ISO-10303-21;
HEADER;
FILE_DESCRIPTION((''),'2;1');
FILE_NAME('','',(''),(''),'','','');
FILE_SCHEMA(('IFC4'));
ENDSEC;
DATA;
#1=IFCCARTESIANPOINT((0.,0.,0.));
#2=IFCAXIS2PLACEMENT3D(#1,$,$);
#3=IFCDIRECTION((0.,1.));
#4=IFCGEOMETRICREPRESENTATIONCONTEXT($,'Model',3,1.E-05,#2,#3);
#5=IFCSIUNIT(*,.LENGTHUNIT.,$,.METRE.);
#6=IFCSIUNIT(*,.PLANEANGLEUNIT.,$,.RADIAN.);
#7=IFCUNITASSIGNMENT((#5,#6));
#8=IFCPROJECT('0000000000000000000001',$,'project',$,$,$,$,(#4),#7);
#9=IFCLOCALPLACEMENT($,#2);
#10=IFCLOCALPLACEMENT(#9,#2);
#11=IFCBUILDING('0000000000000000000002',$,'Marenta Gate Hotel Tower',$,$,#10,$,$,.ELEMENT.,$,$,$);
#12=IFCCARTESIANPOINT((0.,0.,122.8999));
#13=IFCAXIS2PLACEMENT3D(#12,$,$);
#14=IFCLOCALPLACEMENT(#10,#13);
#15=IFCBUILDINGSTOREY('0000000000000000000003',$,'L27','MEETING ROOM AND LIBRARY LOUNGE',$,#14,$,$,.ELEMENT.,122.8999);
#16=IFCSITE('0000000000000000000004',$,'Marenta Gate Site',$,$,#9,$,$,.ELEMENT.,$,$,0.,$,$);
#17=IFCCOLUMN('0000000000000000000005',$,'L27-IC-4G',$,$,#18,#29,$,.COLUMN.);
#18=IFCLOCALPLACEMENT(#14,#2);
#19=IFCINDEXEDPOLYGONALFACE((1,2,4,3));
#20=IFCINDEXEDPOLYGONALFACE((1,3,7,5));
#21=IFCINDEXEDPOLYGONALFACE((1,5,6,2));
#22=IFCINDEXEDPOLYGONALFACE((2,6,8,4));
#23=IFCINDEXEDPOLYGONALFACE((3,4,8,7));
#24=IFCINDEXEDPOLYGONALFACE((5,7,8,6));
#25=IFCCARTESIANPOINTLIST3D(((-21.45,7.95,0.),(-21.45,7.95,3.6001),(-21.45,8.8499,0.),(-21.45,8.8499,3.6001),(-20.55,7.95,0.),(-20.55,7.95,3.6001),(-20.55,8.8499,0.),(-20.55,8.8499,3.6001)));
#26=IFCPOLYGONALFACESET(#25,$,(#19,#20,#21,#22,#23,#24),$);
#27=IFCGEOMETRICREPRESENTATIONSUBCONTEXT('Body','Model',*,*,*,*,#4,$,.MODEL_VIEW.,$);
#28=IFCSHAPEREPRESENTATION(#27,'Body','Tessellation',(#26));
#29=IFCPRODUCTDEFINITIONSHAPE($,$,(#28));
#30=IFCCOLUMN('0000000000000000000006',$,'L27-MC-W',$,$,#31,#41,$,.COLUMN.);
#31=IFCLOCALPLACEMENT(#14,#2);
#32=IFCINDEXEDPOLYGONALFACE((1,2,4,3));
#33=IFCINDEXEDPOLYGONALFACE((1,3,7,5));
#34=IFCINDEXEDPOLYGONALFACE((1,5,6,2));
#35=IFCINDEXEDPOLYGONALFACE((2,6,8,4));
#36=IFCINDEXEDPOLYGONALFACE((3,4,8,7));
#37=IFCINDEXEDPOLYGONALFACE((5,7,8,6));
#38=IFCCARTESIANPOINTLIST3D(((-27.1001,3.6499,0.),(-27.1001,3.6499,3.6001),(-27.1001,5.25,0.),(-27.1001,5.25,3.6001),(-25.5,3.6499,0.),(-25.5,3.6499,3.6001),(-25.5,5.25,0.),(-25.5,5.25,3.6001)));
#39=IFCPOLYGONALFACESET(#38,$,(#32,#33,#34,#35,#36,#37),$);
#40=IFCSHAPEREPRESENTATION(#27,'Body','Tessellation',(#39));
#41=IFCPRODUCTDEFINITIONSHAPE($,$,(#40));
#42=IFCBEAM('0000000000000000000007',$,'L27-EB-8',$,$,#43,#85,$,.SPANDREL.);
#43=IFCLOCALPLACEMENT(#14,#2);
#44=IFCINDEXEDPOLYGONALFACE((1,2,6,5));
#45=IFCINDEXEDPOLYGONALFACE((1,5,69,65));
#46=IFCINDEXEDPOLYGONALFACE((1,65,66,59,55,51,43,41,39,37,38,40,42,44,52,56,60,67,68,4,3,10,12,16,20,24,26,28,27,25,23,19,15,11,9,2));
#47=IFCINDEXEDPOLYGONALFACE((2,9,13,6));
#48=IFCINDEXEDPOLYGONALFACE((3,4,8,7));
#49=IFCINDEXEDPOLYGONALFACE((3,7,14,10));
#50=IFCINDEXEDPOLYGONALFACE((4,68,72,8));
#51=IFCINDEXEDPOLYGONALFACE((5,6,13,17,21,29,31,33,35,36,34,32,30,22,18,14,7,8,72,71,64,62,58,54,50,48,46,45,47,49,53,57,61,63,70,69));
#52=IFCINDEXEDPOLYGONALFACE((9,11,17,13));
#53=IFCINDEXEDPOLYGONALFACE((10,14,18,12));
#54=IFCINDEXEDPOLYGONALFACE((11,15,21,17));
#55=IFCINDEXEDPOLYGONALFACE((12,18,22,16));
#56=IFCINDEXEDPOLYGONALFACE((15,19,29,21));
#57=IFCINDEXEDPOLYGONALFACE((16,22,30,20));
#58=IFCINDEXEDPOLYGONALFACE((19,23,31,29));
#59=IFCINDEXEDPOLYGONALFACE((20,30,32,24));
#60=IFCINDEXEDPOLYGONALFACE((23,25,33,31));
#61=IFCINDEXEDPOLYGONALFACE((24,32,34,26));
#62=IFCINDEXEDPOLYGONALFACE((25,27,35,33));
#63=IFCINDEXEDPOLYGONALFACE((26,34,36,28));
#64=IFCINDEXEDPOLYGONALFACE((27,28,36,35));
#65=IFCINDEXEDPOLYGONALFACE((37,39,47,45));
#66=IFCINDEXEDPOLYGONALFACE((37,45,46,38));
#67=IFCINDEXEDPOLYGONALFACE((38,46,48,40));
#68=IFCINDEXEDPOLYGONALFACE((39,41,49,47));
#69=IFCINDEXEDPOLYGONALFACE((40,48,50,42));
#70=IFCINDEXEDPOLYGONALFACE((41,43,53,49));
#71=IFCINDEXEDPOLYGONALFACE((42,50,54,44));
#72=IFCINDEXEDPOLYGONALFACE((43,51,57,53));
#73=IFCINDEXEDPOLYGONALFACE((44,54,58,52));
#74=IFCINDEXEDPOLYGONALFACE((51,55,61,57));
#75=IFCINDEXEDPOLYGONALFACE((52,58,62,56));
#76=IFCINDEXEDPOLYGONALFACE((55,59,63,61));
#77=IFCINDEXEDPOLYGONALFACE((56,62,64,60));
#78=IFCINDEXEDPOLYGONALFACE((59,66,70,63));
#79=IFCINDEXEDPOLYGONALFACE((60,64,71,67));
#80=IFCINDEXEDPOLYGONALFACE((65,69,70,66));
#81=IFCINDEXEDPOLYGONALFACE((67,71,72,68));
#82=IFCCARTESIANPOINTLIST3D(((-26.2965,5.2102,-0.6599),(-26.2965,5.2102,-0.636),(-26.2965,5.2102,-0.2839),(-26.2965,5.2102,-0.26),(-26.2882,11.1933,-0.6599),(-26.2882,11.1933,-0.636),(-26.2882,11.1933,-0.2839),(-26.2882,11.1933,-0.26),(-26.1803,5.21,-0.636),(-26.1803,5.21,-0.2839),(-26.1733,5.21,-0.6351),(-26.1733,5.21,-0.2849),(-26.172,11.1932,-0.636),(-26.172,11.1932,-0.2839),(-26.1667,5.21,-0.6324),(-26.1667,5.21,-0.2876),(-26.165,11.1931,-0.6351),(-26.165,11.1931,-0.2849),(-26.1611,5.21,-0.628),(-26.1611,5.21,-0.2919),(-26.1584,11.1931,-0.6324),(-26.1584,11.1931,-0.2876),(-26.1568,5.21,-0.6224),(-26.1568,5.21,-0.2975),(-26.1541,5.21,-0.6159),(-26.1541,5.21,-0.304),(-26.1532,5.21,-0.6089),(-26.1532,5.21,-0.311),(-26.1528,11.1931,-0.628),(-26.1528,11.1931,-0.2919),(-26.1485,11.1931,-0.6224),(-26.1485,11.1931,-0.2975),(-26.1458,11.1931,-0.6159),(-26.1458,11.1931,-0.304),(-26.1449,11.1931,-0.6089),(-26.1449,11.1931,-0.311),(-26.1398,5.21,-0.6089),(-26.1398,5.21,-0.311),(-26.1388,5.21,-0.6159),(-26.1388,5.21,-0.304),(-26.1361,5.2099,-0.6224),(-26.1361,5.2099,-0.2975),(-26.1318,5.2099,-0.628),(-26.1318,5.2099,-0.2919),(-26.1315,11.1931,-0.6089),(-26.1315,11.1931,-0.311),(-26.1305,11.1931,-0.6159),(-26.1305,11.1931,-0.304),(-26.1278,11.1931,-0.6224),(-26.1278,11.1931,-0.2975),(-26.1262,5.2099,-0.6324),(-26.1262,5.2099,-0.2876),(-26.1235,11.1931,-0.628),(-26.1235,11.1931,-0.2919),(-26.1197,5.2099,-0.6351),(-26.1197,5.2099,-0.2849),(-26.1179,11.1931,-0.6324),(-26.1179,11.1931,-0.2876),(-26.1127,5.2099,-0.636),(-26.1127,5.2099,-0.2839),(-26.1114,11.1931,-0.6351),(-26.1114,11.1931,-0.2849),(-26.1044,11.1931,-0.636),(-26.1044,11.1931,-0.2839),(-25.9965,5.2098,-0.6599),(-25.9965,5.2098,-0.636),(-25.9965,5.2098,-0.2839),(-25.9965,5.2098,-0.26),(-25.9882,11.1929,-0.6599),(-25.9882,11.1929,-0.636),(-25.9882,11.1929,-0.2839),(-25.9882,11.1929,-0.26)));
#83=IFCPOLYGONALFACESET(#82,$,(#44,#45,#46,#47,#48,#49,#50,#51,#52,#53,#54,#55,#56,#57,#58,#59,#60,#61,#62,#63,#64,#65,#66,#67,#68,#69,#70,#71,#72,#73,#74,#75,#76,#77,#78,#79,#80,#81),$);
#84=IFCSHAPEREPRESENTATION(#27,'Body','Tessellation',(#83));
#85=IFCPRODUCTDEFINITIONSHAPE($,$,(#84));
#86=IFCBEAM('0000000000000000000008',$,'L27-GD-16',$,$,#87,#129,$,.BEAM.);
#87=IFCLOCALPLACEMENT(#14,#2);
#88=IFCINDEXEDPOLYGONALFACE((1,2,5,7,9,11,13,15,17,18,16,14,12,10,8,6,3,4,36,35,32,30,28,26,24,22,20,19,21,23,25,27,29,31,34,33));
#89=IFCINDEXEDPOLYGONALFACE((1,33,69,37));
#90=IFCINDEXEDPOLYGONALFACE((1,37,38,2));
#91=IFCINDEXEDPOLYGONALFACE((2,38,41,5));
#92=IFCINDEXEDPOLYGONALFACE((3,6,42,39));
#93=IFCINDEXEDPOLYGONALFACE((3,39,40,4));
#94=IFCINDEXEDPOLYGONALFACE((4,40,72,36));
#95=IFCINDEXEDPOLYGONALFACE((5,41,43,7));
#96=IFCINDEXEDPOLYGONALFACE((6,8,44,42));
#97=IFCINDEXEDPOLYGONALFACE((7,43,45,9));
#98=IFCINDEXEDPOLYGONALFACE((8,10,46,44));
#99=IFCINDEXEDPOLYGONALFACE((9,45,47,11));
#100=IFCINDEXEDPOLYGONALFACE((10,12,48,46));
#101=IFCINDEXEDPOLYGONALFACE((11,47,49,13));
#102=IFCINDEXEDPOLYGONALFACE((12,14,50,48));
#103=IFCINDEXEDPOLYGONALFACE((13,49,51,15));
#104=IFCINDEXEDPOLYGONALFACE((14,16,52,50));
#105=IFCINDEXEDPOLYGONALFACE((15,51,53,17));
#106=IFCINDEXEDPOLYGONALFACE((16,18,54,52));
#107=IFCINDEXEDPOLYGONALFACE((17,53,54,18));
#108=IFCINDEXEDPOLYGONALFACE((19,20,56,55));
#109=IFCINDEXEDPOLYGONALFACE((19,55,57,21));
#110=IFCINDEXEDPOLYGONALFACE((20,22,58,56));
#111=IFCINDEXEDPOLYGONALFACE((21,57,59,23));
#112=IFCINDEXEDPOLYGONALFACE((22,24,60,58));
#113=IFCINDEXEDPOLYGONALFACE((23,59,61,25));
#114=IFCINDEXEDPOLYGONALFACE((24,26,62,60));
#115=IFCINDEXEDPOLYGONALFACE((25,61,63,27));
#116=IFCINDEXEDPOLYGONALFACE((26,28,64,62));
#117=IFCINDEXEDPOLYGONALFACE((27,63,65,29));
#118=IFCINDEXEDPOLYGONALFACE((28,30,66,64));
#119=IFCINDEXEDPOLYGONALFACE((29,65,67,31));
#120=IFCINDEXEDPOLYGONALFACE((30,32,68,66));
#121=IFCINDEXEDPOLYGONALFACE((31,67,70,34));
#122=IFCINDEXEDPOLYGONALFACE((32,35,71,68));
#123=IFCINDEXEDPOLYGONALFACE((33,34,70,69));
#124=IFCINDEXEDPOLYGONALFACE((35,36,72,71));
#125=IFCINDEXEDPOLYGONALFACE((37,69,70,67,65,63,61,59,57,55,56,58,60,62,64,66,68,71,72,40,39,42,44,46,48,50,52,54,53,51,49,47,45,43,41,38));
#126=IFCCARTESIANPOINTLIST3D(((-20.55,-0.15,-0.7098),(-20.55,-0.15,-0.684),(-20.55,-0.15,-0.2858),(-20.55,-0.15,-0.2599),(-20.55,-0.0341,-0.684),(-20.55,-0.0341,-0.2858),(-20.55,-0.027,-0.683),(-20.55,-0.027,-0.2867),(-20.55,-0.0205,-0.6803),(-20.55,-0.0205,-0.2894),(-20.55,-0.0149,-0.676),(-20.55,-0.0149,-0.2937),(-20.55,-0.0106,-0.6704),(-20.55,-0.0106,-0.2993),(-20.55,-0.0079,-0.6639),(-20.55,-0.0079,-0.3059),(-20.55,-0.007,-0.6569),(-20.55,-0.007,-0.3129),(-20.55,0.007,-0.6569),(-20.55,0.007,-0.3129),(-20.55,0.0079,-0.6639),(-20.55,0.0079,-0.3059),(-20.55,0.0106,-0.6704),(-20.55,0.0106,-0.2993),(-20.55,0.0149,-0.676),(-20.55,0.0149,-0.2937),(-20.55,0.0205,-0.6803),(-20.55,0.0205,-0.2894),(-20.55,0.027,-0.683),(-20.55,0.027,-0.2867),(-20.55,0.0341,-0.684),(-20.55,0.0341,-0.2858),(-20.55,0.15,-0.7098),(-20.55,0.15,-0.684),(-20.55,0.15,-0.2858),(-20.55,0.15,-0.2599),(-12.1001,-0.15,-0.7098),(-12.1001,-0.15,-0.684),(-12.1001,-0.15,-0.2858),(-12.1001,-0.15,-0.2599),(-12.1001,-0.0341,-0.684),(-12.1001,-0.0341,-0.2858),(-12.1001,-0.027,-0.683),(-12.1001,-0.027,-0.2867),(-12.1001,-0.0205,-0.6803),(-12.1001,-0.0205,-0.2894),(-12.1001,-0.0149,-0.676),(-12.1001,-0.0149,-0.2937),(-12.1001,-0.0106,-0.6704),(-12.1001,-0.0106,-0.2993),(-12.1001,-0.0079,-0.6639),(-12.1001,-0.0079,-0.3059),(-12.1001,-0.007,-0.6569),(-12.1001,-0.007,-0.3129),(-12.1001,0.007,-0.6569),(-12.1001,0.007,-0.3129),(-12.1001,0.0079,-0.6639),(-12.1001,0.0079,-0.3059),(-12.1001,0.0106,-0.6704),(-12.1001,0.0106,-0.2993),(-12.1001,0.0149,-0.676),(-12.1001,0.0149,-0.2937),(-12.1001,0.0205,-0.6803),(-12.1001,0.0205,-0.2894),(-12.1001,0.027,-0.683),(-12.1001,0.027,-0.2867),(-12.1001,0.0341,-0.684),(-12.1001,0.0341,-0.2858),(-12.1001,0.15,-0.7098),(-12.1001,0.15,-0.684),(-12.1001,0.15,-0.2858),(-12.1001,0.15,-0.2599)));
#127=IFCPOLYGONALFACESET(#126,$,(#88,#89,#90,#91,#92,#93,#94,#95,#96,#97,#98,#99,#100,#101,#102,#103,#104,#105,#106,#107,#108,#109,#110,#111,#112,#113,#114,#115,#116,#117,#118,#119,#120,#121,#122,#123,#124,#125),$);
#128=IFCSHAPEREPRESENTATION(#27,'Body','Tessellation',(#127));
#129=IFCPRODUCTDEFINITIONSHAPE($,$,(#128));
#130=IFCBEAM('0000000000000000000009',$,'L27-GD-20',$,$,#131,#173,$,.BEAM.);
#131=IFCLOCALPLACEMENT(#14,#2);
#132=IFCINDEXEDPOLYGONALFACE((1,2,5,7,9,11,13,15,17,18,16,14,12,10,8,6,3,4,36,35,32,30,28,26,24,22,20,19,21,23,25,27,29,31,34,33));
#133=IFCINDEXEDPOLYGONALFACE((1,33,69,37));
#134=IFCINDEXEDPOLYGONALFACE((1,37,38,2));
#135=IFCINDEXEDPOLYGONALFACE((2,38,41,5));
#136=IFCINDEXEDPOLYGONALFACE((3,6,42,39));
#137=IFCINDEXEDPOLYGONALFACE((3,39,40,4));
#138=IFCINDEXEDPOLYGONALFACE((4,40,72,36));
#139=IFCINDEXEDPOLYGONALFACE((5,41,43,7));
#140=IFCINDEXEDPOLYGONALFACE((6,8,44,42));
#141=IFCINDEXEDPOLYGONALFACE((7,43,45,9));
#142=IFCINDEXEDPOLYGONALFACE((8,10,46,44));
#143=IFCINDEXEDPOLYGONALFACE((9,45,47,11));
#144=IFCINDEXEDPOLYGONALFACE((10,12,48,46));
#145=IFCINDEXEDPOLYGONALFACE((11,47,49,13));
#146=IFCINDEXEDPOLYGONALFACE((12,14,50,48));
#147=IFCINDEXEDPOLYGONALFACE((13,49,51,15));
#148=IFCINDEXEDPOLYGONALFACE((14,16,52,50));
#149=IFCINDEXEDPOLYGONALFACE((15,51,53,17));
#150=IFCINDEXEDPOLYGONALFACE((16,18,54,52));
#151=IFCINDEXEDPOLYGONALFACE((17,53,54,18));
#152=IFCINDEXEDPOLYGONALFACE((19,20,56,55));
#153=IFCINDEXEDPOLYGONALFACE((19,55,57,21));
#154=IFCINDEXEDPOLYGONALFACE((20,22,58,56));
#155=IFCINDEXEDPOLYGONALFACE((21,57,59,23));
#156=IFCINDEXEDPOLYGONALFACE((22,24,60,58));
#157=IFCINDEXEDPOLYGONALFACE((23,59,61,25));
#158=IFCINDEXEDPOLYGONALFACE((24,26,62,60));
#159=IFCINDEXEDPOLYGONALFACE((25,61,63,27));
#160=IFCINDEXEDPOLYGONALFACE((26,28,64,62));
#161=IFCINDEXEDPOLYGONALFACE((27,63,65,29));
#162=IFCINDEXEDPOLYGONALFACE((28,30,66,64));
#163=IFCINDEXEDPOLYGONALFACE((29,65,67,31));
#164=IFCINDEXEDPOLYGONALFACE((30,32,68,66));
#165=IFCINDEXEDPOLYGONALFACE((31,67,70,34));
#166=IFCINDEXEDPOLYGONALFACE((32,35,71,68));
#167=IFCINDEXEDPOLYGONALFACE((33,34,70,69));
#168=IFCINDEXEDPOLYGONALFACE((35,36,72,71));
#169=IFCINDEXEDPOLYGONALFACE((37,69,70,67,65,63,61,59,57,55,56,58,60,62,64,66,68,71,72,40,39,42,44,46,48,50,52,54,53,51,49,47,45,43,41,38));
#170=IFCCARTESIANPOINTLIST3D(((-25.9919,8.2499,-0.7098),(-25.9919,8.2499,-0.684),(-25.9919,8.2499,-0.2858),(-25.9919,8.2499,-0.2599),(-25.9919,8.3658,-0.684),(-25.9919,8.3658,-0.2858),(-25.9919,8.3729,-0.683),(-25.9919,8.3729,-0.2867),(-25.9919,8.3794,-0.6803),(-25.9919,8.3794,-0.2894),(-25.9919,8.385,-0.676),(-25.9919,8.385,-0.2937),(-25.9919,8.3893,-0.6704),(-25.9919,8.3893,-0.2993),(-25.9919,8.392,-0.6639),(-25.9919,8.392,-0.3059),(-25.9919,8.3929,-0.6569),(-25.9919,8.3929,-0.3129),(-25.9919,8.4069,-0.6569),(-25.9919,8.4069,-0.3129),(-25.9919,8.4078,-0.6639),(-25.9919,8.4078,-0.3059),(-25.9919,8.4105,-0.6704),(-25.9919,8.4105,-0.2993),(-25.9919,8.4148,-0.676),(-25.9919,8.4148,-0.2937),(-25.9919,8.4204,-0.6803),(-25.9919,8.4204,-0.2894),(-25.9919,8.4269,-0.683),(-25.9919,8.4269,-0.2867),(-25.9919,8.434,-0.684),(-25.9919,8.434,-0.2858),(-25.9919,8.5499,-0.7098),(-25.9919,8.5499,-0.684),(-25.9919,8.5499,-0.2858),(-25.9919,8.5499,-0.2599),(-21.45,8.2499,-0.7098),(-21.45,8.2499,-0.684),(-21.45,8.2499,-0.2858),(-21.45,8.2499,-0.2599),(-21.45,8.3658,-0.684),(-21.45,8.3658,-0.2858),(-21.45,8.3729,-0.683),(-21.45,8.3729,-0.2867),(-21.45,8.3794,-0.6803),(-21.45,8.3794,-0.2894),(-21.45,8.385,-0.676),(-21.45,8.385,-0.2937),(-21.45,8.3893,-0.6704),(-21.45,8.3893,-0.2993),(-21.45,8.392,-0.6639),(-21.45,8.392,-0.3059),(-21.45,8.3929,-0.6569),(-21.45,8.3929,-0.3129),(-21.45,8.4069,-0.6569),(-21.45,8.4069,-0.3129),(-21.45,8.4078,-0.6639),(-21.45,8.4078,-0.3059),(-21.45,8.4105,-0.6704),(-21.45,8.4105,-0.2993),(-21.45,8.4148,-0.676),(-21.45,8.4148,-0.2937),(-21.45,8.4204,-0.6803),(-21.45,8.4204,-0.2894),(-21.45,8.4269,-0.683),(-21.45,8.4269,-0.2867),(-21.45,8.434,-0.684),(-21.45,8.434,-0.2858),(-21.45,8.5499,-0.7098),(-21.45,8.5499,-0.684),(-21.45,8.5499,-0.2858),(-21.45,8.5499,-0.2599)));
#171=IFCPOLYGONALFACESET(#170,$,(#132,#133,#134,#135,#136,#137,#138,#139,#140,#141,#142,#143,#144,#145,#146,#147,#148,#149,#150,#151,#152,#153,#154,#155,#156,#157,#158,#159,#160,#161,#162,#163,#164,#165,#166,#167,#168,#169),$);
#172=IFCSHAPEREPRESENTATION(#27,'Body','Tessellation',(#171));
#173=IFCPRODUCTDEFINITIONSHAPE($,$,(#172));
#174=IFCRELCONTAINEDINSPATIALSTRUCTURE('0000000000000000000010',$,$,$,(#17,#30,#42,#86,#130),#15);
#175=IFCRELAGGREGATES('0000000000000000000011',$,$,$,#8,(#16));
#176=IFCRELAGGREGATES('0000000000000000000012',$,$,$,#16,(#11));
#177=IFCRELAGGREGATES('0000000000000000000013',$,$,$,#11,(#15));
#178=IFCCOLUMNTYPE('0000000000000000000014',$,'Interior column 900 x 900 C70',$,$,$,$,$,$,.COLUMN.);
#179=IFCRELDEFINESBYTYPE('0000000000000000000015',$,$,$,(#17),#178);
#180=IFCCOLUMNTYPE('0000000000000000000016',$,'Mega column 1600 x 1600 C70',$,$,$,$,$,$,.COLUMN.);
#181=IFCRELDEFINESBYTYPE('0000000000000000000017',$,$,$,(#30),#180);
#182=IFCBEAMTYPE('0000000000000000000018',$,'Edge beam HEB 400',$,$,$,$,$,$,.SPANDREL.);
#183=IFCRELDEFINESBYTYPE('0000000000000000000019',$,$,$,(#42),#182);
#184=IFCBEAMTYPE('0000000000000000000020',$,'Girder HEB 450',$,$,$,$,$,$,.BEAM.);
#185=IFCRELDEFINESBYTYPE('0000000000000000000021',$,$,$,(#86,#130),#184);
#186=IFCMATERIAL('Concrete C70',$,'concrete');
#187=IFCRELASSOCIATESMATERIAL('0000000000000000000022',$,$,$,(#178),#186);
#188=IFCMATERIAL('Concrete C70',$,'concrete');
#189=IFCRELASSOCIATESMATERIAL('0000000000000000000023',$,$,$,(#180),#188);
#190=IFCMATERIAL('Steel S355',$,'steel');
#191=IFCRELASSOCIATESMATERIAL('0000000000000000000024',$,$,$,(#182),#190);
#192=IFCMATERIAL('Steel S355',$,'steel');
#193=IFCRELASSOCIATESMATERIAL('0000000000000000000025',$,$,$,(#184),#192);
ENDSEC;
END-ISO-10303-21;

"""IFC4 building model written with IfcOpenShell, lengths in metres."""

from ifc_helpers import new_model, si_unit, direction, frame, origin, origin_2d, place, context, subcontext, project, spatial, rectangle, i_section, extrude, material, material_profile, profile_set, type_object, element, save


model = new_model("IFC4")

# Units and contexts
model_context = context("Model", 3, precision=1e-05, world=origin(), true_north=direction((0.0, 1.0)))
body_context = subcontext(model_context, "Body", "Model", "MODEL_VIEW")
ifc_project = project(units=[si_unit("LENGTHUNIT", "METRE"), si_unit("PLANEANGLEUNIT", "RADIAN")], contexts=[model_context])

# Site, building, storey
site_placement = place(None, origin())
site = spatial("IfcSite", under=ifc_project, at=site_placement, Name="Marenta Gate Site", CompositionType="ELEMENT", RefElevation=0.0)
building_placement = place(site_placement, origin())
building = spatial("IfcBuilding", under=site, at=building_placement, Name="Marenta Gate Hotel Tower", CompositionType="ELEMENT")
storey_placement = place(building_placement, frame((0.0, 0.0, 122.8999)))
storey = spatial("IfcBuildingStorey", under=building, at=storey_placement, Name="L27", Description="MEETING ROOM AND LIBRARY LOUNGE", CompositionType="ELEMENT", Elevation=122.8999)

# Columns
ifc_material_1 = material(Name="Concrete C70", Category="concrete")
ifc_material_profile_1 = material_profile(ifc_material_1, rectangle(XDim=0.8999, YDim=0.8999, at=origin_2d()), Name="900 x 900")
ifc_profile_set_1 = profile_set([ifc_material_profile_1], Name="Concrete C70")
column_type_1 = type_object("IfcColumnType", Name="Interior column 900 x 900 C70", PredefinedType="COLUMN", material=ifc_profile_set_1)
column_1_placement = place(storey_placement, frame((-21.0, 8.3999, 0.0), z_axis=(0.0, 0.0, 1.0), x_axis=(1.0, 0.0, 0.0)))
element("IfcColumn", 1, at=column_1_placement, inside=storey, type_object=column_type_1, Name="L27-IC-4G", PredefinedType="COLUMN", context=body_context, shape_type="SweptSolid", body=[
    extrude(rectangle(XDim=0.8999, YDim=0.8999, at=origin_2d()), origin(), (0.0, 0.0, 1.0), 3.6001),
])
ifc_material_2 = material(Name="Concrete C70", Category="concrete")
ifc_material_profile_2 = material_profile(ifc_material_2, rectangle(XDim=1.6001, YDim=1.6001, at=origin_2d()), Name="1600 x 1600")
ifc_profile_set_2 = profile_set([ifc_material_profile_2], Name="Concrete C70")
column_type_2 = type_object("IfcColumnType", Name="Mega column 1600 x 1600 C70", PredefinedType="COLUMN", material=ifc_profile_set_2)
column_2_placement = place(storey_placement, frame((-26.3, 4.45, 0.0), z_axis=(0.0, 0.0, 1.0), x_axis=(1.0, 0.0, 0.0)))
element("IfcColumn", 2, at=column_2_placement, inside=storey, type_object=column_type_2, Name="L27-MC-W", PredefinedType="COLUMN", context=body_context, shape_type="SweptSolid", body=[
    extrude(rectangle(XDim=1.6001, YDim=1.6001, at=origin_2d()), origin(), (0.0, 0.0, 1.0), 3.6001),
])

# Beams
ifc_material_3 = material(Name="Steel S355", Category="steel")
ifc_material_profile_3 = material_profile(ifc_material_3, i_section(OverallWidth=0.3, OverallDepth=0.3999, WebThickness=0.0134, FlangeThickness=0.0239, FilletRadius=0.0271, at=origin_2d()), Name="HEB 400")
ifc_profile_set_3 = profile_set([ifc_material_profile_3], Name="Steel S355")
beam_type_1 = type_object("IfcBeamType", Name="Edge beam HEB 400", PredefinedType="SPANDREL", material=ifc_profile_set_3)
beam_1_placement = place(storey_placement, frame((-26.1465, 5.21, -0.46), z_axis=(0.001387, 0.999999, 0.0), x_axis=(-0.999999, 0.001387, 0.0)))
element("IfcBeam", 3, at=beam_1_placement, inside=storey, type_object=beam_type_1, Name="L27-EB-8", PredefinedType="SPANDREL", context=body_context, shape_type="SweptSolid", body=[
    extrude(i_section(OverallWidth=0.3, OverallDepth=0.3999, WebThickness=0.0134, FlangeThickness=0.0239, FilletRadius=0.0271, at=origin_2d()), origin(), (0.0, 0.0, 1.0), 5.9832),
])
ifc_material_4 = material(Name="Steel S355", Category="steel")
ifc_material_profile_4 = material_profile(ifc_material_4, i_section(OverallWidth=0.3, OverallDepth=0.45, WebThickness=0.0139, FlangeThickness=0.0259, FilletRadius=0.0271, at=origin_2d()), Name="HEB 450")
ifc_profile_set_4 = profile_set([ifc_material_profile_4], Name="Steel S355")
beam_type_2 = type_object("IfcBeamType", Name="Girder HEB 450", PredefinedType="BEAM", material=ifc_profile_set_4)
beam_2_placement = place(storey_placement, frame((-20.55, 0.0, -0.4849), z_axis=(1.0, 0.0, 0.0), x_axis=(0.0, 1.0, 0.0)))
element("IfcBeam", 4, at=beam_2_placement, inside=storey, type_object=beam_type_2, Name="L27-GD-16", PredefinedType="BEAM", context=body_context, shape_type="SweptSolid", body=[
    extrude(i_section(OverallWidth=0.3, OverallDepth=0.45, WebThickness=0.0139, FlangeThickness=0.0259, FilletRadius=0.0271, at=origin_2d()), origin(), (0.0, 0.0, 1.0), 8.45),
])
beam_3_placement = place(storey_placement, frame((-25.9919, 8.3999, -0.4849), z_axis=(1.0, 0.0, 0.0), x_axis=(0.0, 1.0, 0.0)))
element("IfcBeam", 5, at=beam_3_placement, inside=storey, type_object=beam_type_2, Name="L27-GD-20", PredefinedType="BEAM", context=body_context, shape_type="SweptSolid", body=[
    extrude(i_section(OverallWidth=0.3, OverallDepth=0.45, WebThickness=0.0139, FlangeThickness=0.0259, FilletRadius=0.0271, at=origin_2d()), origin(), (0.0, 0.0, 1.0), 4.542),
])

save(model, "model.ifc")
